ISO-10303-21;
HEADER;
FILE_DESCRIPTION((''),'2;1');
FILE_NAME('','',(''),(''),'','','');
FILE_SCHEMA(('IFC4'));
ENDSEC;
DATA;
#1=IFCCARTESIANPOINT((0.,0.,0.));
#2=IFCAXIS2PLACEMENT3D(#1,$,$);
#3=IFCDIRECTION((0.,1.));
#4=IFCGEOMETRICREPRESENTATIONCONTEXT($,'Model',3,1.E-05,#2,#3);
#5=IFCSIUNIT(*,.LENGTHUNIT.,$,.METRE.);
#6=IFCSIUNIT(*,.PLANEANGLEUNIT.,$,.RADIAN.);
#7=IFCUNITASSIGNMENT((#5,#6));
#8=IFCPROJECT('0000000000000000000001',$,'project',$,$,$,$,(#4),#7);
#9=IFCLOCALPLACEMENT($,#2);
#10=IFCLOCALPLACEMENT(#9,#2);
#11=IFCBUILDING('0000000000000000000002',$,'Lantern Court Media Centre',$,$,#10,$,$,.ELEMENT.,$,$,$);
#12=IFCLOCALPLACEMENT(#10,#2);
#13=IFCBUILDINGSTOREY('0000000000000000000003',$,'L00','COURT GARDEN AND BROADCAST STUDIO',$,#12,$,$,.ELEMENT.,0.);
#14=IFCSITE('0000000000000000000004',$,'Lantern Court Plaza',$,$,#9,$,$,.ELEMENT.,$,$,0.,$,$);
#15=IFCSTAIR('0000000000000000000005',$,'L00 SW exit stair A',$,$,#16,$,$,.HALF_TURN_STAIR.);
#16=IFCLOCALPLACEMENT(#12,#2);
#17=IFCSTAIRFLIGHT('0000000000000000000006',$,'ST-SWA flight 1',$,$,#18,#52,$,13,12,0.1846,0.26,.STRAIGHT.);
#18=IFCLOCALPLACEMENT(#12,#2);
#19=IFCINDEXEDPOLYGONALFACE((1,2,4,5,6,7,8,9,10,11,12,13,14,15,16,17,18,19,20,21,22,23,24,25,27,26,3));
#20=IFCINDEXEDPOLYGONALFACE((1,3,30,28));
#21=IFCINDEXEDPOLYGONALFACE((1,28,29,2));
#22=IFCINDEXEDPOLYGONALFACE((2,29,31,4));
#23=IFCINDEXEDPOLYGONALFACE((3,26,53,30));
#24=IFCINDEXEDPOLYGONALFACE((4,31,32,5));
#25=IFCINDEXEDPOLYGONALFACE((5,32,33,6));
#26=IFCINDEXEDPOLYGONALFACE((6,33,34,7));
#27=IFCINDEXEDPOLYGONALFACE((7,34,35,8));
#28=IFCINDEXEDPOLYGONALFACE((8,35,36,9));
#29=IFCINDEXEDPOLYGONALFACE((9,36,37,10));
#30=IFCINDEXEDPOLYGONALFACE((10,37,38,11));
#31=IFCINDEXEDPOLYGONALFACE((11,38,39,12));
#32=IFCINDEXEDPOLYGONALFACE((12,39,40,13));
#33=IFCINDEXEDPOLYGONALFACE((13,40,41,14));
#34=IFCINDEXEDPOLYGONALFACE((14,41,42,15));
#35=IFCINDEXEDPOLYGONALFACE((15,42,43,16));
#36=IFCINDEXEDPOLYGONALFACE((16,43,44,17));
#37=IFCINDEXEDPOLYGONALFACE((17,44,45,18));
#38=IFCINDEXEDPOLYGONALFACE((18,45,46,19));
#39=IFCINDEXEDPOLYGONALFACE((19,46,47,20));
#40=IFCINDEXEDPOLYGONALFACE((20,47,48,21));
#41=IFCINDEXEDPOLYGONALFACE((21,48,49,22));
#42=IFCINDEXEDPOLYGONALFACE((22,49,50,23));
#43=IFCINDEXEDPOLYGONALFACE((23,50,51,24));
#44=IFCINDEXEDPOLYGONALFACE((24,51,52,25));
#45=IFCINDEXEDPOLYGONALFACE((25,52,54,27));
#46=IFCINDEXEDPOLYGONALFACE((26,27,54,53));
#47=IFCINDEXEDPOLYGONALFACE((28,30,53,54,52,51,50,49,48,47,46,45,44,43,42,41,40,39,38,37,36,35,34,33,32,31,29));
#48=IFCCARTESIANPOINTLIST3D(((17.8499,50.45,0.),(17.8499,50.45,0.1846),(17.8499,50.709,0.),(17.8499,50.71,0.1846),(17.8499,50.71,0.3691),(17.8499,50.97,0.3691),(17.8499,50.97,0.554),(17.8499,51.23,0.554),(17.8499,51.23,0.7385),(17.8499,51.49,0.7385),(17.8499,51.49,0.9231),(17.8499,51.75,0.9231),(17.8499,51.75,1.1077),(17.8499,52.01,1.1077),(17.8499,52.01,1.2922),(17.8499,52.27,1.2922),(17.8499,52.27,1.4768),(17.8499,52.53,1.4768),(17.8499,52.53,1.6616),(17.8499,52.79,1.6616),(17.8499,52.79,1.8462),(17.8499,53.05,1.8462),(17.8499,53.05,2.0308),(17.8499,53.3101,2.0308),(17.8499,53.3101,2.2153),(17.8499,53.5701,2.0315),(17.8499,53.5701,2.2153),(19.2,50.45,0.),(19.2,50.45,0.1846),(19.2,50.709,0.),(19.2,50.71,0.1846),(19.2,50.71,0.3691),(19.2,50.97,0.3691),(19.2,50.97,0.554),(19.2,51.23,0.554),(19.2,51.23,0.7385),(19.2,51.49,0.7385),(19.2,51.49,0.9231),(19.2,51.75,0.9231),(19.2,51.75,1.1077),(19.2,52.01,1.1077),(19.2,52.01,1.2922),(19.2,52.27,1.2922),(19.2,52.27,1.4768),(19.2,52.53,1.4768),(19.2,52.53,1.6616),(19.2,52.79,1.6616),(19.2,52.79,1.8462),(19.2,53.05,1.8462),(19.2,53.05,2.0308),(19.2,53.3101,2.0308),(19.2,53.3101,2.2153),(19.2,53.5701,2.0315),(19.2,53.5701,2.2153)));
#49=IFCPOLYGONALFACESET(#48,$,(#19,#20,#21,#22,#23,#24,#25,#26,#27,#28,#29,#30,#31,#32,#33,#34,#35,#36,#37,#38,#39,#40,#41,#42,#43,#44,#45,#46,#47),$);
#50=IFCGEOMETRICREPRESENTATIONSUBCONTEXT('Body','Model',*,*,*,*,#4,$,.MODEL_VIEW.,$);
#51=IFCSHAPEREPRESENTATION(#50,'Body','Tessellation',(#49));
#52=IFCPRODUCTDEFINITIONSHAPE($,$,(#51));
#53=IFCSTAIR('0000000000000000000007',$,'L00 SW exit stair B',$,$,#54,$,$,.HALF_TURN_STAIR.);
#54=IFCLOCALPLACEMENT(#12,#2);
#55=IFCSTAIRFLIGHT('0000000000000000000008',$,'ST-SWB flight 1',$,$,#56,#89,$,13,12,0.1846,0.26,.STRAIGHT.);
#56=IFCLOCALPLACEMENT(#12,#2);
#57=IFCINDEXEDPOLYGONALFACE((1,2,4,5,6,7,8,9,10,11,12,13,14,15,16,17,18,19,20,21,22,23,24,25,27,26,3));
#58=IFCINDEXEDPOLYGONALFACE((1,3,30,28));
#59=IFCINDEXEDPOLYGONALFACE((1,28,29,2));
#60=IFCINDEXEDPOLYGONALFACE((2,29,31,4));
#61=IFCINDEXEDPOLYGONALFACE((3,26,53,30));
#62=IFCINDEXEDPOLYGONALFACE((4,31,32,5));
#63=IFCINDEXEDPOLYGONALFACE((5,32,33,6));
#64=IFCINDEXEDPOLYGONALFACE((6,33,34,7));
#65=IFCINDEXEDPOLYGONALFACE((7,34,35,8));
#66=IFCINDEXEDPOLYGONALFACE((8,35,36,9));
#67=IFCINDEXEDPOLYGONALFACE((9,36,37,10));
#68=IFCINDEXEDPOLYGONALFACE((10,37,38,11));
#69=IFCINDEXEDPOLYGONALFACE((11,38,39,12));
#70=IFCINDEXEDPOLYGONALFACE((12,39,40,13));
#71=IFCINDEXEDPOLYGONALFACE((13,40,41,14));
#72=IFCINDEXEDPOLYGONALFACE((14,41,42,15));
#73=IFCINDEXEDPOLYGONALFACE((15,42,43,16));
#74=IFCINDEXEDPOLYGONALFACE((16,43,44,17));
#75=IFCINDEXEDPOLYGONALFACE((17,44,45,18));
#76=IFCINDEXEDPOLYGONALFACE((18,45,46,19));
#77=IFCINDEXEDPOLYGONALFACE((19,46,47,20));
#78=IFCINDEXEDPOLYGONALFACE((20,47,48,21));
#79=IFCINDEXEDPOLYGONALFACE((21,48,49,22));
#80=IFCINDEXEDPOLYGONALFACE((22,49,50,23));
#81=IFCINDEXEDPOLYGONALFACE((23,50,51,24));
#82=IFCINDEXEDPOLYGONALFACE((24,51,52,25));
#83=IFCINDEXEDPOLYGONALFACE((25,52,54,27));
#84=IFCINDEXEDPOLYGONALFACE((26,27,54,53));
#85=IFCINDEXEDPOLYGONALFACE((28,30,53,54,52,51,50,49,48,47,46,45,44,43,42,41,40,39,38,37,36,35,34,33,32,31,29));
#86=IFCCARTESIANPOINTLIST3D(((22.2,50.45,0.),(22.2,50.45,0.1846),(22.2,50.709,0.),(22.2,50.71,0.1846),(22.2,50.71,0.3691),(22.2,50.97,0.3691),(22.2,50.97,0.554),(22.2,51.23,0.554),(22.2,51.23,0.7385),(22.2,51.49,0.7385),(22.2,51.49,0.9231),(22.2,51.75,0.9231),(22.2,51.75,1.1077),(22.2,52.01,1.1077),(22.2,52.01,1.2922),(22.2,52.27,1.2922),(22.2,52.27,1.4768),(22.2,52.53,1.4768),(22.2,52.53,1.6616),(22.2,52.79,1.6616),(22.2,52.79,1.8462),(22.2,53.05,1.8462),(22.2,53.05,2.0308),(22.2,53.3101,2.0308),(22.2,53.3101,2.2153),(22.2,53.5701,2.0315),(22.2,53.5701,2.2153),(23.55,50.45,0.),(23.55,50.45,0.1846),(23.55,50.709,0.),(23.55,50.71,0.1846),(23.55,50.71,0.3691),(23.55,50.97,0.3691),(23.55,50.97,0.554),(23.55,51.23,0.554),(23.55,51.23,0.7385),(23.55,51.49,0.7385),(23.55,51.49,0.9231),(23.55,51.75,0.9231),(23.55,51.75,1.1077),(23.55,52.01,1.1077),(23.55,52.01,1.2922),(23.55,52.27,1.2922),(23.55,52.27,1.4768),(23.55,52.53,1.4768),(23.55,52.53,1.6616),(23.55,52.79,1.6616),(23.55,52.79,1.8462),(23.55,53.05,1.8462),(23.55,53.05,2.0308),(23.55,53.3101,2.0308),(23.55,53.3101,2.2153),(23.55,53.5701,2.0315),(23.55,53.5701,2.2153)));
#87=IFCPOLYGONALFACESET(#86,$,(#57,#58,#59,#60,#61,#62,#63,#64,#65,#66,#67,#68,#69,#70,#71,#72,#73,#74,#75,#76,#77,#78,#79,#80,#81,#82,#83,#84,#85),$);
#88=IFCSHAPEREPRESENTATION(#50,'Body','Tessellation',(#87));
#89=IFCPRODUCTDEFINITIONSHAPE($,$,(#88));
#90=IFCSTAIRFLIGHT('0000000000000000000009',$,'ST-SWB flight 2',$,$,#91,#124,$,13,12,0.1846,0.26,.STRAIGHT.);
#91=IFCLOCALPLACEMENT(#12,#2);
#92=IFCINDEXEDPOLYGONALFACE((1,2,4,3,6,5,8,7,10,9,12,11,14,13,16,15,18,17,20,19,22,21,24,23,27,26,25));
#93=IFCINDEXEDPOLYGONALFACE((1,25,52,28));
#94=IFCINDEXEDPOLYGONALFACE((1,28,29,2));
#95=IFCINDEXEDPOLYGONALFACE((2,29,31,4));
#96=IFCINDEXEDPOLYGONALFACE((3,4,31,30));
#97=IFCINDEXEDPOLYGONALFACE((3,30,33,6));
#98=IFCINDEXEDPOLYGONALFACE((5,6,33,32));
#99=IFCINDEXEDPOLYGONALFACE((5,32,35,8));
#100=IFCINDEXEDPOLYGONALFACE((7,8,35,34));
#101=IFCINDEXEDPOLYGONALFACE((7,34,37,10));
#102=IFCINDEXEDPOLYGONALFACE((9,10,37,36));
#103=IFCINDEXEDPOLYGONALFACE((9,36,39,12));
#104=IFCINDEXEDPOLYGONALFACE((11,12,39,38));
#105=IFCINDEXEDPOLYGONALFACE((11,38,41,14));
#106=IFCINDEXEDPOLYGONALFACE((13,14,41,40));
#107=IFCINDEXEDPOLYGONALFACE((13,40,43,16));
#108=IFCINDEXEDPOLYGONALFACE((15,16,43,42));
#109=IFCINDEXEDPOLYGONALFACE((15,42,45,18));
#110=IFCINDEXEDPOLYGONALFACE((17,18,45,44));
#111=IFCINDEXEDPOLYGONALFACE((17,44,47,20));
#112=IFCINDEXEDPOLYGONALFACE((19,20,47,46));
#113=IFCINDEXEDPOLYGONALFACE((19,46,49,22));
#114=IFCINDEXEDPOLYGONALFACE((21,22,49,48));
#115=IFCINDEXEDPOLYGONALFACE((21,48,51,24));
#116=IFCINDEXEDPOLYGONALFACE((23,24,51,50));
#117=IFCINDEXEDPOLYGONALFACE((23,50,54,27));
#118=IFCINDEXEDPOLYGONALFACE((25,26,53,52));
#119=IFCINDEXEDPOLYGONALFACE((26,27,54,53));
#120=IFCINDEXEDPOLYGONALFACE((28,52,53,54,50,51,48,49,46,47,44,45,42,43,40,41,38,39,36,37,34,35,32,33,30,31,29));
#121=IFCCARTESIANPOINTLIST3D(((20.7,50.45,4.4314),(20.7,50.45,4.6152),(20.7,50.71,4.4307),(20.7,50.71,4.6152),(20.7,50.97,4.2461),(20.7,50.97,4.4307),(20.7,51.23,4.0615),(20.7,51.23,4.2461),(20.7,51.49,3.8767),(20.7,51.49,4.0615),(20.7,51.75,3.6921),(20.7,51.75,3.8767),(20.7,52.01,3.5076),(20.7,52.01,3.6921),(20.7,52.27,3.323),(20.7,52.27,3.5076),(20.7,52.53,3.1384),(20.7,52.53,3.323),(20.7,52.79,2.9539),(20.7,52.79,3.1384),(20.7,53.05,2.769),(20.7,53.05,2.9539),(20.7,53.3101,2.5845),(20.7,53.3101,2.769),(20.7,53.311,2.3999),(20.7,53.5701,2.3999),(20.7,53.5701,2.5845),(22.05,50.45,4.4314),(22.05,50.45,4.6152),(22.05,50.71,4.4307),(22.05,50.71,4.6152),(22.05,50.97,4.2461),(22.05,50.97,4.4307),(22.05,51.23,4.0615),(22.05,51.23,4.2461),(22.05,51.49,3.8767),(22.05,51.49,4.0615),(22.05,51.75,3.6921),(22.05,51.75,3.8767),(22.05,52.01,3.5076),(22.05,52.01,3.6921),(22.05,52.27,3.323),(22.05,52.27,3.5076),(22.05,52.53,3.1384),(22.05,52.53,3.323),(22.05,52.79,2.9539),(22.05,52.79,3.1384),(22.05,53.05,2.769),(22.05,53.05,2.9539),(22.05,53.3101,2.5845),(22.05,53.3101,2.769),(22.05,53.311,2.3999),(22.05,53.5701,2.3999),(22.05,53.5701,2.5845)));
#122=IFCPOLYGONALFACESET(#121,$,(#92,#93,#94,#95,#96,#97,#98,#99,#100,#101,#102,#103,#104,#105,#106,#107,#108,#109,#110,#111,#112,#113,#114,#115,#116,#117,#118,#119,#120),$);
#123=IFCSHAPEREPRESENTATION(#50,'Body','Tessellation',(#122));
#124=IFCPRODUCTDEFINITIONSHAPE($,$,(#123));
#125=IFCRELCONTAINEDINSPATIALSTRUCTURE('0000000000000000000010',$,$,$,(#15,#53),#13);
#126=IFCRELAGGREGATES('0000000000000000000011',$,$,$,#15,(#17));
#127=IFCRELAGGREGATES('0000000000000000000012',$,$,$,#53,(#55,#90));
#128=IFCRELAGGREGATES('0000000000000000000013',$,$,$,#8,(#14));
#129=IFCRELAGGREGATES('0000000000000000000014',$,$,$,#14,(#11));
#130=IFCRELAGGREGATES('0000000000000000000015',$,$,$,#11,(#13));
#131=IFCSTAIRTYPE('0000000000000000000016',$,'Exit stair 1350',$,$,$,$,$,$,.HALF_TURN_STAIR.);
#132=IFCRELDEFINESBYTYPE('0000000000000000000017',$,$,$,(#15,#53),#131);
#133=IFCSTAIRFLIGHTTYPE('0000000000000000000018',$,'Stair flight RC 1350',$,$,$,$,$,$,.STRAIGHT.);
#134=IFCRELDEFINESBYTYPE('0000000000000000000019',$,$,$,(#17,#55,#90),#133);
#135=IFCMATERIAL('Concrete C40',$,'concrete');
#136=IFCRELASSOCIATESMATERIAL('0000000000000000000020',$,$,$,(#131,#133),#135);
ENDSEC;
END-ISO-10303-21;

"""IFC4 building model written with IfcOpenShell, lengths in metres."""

from ifc_helpers import new_model, si_unit, direction, frame, origin, place, context, subcontext, project, spatial, polyline, outline, extrude, material, type_object, element, aggregate, save


model = new_model("IFC4")

# Units and contexts
model_context = context("Model", 3, precision=1e-05, world=origin(), true_north=direction((0.0, 1.0)))
body_context = subcontext(model_context, "Body", "Model", "MODEL_VIEW")
ifc_project = project(units=[si_unit("LENGTHUNIT", "METRE"), si_unit("PLANEANGLEUNIT", "RADIAN")], contexts=[model_context])

# Site, building, storey
site_placement = place(None, origin())
site = spatial("IfcSite", under=ifc_project, at=site_placement, Name="Lantern Court Plaza", CompositionType="ELEMENT", RefElevation=0.0)
building_placement = place(site_placement, origin())
building = spatial("IfcBuilding", under=site, at=building_placement, Name="Lantern Court Media Centre", CompositionType="ELEMENT")
storey_placement = place(building_placement, origin())
storey = spatial("IfcBuildingStorey", under=building, at=storey_placement, Name="L00", Description="COURT GARDEN AND BROADCAST STUDIO", CompositionType="ELEMENT", Elevation=0.0)

# Shared definitions
ifc_material_1 = material(Name="Concrete C40", Category="concrete")

# Stair, stair flight
stair_type = type_object("IfcStairType", Name="Exit stair 1350", PredefinedType="HALF_TURN_STAIR", material=ifc_material_1)
stair_1_placement = place(storey_placement, origin())
stair_1 = element("IfcStair", 1, at=stair_1_placement, inside=storey, type_object=stair_type, Name="L00 SW exit stair A", PredefinedType="HALF_TURN_STAIR")
stair_flight_type = type_object("IfcStairFlightType", Name="Stair flight RC 1350", PredefinedType="STRAIGHT", material=ifc_material_1)
stair_flight_1_placement = place(storey_placement, frame((18.5249, 50.45, 0.0), z_axis=(0.0, 0.0, 1.0), x_axis=(0.0, 1.0, 0.0)))
stair_flight_1 = element("IfcStairFlight", 2, at=stair_flight_1_placement, type_object=stair_flight_type, Name="ST-SWA flight 1", NumberOfRisers=13, NumberOfTreads=12, PredefinedType="STRAIGHT", RiserHeight=0.1846, TreadLength=0.26, context=body_context, shape_type="SweptSolid", body=[
    extrude(outline(polyline([(0.0, 0.0), (0.0, 0.1846), (0.26, 0.1846), (0.26, 0.3691), (0.52, 0.3691), (0.52, 0.554), (0.78, 0.554), (0.78, 0.7385), (1.04, 0.7385), (1.04, 0.9231), (1.3, 0.9231), (1.3, 1.1077), (1.5601, 1.1077), (1.5601, 1.2922), (1.8201, 1.2922), (1.8201, 1.4768), (2.0801, 1.4768), (2.0801, 1.6616), (2.3401, 1.6616), (2.3401, 1.8462), (2.6001, 1.8462), (2.6001, 2.0308), (2.8601, 2.0308), (2.8601, 2.2153), (3.1201, 2.2153), (3.1201, 2.3999), (3.1201, 2.0315), (0.259, 0.0), (0.0, 0.0)])), frame((0.0, 0.675, 0.0), z_axis=(0.0, -1.0, 0.0), x_axis=(1.0, 0.0, 0.0)), (0.0, 0.0, 1.0), 1.3501),
])
aggregate(stair_1, [stair_flight_1])

# Stair, stair flights
stair_2_placement = place(storey_placement, origin())
stair_2 = element("IfcStair", 3, at=stair_2_placement, inside=storey, type_object=stair_type, Name="L00 SW exit stair B", PredefinedType="HALF_TURN_STAIR")
stair_flight_2_placement = place(storey_placement, frame((22.875, 50.45, 0.0), z_axis=(0.0, 0.0, 1.0), x_axis=(0.0, 1.0, 0.0)))
stair_flight_2 = element("IfcStairFlight", 4, at=stair_flight_2_placement, type_object=stair_flight_type, Name="ST-SWB flight 1", NumberOfRisers=13, NumberOfTreads=12, PredefinedType="STRAIGHT", RiserHeight=0.1846, TreadLength=0.26, context=body_context, shape_type="SweptSolid", body=[
    extrude(outline(polyline([(0.0, 0.0), (0.0, 0.1846), (0.26, 0.1846), (0.26, 0.3691), (0.52, 0.3691), (0.52, 0.554), (0.78, 0.554), (0.78, 0.7385), (1.04, 0.7385), (1.04, 0.9231), (1.3, 0.9231), (1.3, 1.1077), (1.5601, 1.1077), (1.5601, 1.2922), (1.8201, 1.2922), (1.8201, 1.4768), (2.0801, 1.4768), (2.0801, 1.6616), (2.3401, 1.6616), (2.3401, 1.8462), (2.6001, 1.8462), (2.6001, 2.0308), (2.8601, 2.0308), (2.8601, 2.2153), (3.1201, 2.2153), (3.1201, 2.3999), (3.1201, 2.0315), (0.259, 0.0), (0.0, 0.0)])), frame((0.0, 0.675, 0.0), z_axis=(0.0, -1.0, 0.0), x_axis=(1.0, 0.0, 0.0)), (0.0, 0.0, 1.0), 1.3501),
])
stair_flight_3_placement = place(storey_placement, frame((21.375, 53.5701, 2.3999), z_axis=(0.0, 0.0, 1.0), x_axis=(0.0, -1.0, 0.0)))
stair_flight_3 = element("IfcStairFlight", 5, at=stair_flight_3_placement, type_object=stair_flight_type, Name="ST-SWB flight 2", NumberOfRisers=13, NumberOfTreads=12, PredefinedType="STRAIGHT", RiserHeight=0.1846, TreadLength=0.26, context=body_context, shape_type="SweptSolid", body=[
    extrude(outline(polyline([(0.0, 0.0), (0.0, 0.1846), (0.26, 0.1846), (0.26, 0.3691), (0.52, 0.3691), (0.52, 0.554), (0.78, 0.554), (0.78, 0.7385), (1.04, 0.7385), (1.04, 0.9231), (1.3, 0.9231), (1.3, 1.1077), (1.5601, 1.1077), (1.5601, 1.2922), (1.8201, 1.2922), (1.8201, 1.4768), (2.0801, 1.4768), (2.0801, 1.6616), (2.3401, 1.6616), (2.3401, 1.8462), (2.6001, 1.8462), (2.6001, 2.0308), (2.8601, 2.0308), (2.8601, 2.2153), (3.1201, 2.2153), (3.1201, 2.3999), (3.1201, 2.0315), (0.259, 0.0), (0.0, 0.0)])), frame((0.0, 0.675, 0.0), z_axis=(0.0, -1.0, 0.0), x_axis=(1.0, 0.0, 0.0)), (0.0, 0.0, 1.0), 1.3501),
])
aggregate(stair_2, [stair_flight_2, stair_flight_3])

save(model, "model.ifc")
